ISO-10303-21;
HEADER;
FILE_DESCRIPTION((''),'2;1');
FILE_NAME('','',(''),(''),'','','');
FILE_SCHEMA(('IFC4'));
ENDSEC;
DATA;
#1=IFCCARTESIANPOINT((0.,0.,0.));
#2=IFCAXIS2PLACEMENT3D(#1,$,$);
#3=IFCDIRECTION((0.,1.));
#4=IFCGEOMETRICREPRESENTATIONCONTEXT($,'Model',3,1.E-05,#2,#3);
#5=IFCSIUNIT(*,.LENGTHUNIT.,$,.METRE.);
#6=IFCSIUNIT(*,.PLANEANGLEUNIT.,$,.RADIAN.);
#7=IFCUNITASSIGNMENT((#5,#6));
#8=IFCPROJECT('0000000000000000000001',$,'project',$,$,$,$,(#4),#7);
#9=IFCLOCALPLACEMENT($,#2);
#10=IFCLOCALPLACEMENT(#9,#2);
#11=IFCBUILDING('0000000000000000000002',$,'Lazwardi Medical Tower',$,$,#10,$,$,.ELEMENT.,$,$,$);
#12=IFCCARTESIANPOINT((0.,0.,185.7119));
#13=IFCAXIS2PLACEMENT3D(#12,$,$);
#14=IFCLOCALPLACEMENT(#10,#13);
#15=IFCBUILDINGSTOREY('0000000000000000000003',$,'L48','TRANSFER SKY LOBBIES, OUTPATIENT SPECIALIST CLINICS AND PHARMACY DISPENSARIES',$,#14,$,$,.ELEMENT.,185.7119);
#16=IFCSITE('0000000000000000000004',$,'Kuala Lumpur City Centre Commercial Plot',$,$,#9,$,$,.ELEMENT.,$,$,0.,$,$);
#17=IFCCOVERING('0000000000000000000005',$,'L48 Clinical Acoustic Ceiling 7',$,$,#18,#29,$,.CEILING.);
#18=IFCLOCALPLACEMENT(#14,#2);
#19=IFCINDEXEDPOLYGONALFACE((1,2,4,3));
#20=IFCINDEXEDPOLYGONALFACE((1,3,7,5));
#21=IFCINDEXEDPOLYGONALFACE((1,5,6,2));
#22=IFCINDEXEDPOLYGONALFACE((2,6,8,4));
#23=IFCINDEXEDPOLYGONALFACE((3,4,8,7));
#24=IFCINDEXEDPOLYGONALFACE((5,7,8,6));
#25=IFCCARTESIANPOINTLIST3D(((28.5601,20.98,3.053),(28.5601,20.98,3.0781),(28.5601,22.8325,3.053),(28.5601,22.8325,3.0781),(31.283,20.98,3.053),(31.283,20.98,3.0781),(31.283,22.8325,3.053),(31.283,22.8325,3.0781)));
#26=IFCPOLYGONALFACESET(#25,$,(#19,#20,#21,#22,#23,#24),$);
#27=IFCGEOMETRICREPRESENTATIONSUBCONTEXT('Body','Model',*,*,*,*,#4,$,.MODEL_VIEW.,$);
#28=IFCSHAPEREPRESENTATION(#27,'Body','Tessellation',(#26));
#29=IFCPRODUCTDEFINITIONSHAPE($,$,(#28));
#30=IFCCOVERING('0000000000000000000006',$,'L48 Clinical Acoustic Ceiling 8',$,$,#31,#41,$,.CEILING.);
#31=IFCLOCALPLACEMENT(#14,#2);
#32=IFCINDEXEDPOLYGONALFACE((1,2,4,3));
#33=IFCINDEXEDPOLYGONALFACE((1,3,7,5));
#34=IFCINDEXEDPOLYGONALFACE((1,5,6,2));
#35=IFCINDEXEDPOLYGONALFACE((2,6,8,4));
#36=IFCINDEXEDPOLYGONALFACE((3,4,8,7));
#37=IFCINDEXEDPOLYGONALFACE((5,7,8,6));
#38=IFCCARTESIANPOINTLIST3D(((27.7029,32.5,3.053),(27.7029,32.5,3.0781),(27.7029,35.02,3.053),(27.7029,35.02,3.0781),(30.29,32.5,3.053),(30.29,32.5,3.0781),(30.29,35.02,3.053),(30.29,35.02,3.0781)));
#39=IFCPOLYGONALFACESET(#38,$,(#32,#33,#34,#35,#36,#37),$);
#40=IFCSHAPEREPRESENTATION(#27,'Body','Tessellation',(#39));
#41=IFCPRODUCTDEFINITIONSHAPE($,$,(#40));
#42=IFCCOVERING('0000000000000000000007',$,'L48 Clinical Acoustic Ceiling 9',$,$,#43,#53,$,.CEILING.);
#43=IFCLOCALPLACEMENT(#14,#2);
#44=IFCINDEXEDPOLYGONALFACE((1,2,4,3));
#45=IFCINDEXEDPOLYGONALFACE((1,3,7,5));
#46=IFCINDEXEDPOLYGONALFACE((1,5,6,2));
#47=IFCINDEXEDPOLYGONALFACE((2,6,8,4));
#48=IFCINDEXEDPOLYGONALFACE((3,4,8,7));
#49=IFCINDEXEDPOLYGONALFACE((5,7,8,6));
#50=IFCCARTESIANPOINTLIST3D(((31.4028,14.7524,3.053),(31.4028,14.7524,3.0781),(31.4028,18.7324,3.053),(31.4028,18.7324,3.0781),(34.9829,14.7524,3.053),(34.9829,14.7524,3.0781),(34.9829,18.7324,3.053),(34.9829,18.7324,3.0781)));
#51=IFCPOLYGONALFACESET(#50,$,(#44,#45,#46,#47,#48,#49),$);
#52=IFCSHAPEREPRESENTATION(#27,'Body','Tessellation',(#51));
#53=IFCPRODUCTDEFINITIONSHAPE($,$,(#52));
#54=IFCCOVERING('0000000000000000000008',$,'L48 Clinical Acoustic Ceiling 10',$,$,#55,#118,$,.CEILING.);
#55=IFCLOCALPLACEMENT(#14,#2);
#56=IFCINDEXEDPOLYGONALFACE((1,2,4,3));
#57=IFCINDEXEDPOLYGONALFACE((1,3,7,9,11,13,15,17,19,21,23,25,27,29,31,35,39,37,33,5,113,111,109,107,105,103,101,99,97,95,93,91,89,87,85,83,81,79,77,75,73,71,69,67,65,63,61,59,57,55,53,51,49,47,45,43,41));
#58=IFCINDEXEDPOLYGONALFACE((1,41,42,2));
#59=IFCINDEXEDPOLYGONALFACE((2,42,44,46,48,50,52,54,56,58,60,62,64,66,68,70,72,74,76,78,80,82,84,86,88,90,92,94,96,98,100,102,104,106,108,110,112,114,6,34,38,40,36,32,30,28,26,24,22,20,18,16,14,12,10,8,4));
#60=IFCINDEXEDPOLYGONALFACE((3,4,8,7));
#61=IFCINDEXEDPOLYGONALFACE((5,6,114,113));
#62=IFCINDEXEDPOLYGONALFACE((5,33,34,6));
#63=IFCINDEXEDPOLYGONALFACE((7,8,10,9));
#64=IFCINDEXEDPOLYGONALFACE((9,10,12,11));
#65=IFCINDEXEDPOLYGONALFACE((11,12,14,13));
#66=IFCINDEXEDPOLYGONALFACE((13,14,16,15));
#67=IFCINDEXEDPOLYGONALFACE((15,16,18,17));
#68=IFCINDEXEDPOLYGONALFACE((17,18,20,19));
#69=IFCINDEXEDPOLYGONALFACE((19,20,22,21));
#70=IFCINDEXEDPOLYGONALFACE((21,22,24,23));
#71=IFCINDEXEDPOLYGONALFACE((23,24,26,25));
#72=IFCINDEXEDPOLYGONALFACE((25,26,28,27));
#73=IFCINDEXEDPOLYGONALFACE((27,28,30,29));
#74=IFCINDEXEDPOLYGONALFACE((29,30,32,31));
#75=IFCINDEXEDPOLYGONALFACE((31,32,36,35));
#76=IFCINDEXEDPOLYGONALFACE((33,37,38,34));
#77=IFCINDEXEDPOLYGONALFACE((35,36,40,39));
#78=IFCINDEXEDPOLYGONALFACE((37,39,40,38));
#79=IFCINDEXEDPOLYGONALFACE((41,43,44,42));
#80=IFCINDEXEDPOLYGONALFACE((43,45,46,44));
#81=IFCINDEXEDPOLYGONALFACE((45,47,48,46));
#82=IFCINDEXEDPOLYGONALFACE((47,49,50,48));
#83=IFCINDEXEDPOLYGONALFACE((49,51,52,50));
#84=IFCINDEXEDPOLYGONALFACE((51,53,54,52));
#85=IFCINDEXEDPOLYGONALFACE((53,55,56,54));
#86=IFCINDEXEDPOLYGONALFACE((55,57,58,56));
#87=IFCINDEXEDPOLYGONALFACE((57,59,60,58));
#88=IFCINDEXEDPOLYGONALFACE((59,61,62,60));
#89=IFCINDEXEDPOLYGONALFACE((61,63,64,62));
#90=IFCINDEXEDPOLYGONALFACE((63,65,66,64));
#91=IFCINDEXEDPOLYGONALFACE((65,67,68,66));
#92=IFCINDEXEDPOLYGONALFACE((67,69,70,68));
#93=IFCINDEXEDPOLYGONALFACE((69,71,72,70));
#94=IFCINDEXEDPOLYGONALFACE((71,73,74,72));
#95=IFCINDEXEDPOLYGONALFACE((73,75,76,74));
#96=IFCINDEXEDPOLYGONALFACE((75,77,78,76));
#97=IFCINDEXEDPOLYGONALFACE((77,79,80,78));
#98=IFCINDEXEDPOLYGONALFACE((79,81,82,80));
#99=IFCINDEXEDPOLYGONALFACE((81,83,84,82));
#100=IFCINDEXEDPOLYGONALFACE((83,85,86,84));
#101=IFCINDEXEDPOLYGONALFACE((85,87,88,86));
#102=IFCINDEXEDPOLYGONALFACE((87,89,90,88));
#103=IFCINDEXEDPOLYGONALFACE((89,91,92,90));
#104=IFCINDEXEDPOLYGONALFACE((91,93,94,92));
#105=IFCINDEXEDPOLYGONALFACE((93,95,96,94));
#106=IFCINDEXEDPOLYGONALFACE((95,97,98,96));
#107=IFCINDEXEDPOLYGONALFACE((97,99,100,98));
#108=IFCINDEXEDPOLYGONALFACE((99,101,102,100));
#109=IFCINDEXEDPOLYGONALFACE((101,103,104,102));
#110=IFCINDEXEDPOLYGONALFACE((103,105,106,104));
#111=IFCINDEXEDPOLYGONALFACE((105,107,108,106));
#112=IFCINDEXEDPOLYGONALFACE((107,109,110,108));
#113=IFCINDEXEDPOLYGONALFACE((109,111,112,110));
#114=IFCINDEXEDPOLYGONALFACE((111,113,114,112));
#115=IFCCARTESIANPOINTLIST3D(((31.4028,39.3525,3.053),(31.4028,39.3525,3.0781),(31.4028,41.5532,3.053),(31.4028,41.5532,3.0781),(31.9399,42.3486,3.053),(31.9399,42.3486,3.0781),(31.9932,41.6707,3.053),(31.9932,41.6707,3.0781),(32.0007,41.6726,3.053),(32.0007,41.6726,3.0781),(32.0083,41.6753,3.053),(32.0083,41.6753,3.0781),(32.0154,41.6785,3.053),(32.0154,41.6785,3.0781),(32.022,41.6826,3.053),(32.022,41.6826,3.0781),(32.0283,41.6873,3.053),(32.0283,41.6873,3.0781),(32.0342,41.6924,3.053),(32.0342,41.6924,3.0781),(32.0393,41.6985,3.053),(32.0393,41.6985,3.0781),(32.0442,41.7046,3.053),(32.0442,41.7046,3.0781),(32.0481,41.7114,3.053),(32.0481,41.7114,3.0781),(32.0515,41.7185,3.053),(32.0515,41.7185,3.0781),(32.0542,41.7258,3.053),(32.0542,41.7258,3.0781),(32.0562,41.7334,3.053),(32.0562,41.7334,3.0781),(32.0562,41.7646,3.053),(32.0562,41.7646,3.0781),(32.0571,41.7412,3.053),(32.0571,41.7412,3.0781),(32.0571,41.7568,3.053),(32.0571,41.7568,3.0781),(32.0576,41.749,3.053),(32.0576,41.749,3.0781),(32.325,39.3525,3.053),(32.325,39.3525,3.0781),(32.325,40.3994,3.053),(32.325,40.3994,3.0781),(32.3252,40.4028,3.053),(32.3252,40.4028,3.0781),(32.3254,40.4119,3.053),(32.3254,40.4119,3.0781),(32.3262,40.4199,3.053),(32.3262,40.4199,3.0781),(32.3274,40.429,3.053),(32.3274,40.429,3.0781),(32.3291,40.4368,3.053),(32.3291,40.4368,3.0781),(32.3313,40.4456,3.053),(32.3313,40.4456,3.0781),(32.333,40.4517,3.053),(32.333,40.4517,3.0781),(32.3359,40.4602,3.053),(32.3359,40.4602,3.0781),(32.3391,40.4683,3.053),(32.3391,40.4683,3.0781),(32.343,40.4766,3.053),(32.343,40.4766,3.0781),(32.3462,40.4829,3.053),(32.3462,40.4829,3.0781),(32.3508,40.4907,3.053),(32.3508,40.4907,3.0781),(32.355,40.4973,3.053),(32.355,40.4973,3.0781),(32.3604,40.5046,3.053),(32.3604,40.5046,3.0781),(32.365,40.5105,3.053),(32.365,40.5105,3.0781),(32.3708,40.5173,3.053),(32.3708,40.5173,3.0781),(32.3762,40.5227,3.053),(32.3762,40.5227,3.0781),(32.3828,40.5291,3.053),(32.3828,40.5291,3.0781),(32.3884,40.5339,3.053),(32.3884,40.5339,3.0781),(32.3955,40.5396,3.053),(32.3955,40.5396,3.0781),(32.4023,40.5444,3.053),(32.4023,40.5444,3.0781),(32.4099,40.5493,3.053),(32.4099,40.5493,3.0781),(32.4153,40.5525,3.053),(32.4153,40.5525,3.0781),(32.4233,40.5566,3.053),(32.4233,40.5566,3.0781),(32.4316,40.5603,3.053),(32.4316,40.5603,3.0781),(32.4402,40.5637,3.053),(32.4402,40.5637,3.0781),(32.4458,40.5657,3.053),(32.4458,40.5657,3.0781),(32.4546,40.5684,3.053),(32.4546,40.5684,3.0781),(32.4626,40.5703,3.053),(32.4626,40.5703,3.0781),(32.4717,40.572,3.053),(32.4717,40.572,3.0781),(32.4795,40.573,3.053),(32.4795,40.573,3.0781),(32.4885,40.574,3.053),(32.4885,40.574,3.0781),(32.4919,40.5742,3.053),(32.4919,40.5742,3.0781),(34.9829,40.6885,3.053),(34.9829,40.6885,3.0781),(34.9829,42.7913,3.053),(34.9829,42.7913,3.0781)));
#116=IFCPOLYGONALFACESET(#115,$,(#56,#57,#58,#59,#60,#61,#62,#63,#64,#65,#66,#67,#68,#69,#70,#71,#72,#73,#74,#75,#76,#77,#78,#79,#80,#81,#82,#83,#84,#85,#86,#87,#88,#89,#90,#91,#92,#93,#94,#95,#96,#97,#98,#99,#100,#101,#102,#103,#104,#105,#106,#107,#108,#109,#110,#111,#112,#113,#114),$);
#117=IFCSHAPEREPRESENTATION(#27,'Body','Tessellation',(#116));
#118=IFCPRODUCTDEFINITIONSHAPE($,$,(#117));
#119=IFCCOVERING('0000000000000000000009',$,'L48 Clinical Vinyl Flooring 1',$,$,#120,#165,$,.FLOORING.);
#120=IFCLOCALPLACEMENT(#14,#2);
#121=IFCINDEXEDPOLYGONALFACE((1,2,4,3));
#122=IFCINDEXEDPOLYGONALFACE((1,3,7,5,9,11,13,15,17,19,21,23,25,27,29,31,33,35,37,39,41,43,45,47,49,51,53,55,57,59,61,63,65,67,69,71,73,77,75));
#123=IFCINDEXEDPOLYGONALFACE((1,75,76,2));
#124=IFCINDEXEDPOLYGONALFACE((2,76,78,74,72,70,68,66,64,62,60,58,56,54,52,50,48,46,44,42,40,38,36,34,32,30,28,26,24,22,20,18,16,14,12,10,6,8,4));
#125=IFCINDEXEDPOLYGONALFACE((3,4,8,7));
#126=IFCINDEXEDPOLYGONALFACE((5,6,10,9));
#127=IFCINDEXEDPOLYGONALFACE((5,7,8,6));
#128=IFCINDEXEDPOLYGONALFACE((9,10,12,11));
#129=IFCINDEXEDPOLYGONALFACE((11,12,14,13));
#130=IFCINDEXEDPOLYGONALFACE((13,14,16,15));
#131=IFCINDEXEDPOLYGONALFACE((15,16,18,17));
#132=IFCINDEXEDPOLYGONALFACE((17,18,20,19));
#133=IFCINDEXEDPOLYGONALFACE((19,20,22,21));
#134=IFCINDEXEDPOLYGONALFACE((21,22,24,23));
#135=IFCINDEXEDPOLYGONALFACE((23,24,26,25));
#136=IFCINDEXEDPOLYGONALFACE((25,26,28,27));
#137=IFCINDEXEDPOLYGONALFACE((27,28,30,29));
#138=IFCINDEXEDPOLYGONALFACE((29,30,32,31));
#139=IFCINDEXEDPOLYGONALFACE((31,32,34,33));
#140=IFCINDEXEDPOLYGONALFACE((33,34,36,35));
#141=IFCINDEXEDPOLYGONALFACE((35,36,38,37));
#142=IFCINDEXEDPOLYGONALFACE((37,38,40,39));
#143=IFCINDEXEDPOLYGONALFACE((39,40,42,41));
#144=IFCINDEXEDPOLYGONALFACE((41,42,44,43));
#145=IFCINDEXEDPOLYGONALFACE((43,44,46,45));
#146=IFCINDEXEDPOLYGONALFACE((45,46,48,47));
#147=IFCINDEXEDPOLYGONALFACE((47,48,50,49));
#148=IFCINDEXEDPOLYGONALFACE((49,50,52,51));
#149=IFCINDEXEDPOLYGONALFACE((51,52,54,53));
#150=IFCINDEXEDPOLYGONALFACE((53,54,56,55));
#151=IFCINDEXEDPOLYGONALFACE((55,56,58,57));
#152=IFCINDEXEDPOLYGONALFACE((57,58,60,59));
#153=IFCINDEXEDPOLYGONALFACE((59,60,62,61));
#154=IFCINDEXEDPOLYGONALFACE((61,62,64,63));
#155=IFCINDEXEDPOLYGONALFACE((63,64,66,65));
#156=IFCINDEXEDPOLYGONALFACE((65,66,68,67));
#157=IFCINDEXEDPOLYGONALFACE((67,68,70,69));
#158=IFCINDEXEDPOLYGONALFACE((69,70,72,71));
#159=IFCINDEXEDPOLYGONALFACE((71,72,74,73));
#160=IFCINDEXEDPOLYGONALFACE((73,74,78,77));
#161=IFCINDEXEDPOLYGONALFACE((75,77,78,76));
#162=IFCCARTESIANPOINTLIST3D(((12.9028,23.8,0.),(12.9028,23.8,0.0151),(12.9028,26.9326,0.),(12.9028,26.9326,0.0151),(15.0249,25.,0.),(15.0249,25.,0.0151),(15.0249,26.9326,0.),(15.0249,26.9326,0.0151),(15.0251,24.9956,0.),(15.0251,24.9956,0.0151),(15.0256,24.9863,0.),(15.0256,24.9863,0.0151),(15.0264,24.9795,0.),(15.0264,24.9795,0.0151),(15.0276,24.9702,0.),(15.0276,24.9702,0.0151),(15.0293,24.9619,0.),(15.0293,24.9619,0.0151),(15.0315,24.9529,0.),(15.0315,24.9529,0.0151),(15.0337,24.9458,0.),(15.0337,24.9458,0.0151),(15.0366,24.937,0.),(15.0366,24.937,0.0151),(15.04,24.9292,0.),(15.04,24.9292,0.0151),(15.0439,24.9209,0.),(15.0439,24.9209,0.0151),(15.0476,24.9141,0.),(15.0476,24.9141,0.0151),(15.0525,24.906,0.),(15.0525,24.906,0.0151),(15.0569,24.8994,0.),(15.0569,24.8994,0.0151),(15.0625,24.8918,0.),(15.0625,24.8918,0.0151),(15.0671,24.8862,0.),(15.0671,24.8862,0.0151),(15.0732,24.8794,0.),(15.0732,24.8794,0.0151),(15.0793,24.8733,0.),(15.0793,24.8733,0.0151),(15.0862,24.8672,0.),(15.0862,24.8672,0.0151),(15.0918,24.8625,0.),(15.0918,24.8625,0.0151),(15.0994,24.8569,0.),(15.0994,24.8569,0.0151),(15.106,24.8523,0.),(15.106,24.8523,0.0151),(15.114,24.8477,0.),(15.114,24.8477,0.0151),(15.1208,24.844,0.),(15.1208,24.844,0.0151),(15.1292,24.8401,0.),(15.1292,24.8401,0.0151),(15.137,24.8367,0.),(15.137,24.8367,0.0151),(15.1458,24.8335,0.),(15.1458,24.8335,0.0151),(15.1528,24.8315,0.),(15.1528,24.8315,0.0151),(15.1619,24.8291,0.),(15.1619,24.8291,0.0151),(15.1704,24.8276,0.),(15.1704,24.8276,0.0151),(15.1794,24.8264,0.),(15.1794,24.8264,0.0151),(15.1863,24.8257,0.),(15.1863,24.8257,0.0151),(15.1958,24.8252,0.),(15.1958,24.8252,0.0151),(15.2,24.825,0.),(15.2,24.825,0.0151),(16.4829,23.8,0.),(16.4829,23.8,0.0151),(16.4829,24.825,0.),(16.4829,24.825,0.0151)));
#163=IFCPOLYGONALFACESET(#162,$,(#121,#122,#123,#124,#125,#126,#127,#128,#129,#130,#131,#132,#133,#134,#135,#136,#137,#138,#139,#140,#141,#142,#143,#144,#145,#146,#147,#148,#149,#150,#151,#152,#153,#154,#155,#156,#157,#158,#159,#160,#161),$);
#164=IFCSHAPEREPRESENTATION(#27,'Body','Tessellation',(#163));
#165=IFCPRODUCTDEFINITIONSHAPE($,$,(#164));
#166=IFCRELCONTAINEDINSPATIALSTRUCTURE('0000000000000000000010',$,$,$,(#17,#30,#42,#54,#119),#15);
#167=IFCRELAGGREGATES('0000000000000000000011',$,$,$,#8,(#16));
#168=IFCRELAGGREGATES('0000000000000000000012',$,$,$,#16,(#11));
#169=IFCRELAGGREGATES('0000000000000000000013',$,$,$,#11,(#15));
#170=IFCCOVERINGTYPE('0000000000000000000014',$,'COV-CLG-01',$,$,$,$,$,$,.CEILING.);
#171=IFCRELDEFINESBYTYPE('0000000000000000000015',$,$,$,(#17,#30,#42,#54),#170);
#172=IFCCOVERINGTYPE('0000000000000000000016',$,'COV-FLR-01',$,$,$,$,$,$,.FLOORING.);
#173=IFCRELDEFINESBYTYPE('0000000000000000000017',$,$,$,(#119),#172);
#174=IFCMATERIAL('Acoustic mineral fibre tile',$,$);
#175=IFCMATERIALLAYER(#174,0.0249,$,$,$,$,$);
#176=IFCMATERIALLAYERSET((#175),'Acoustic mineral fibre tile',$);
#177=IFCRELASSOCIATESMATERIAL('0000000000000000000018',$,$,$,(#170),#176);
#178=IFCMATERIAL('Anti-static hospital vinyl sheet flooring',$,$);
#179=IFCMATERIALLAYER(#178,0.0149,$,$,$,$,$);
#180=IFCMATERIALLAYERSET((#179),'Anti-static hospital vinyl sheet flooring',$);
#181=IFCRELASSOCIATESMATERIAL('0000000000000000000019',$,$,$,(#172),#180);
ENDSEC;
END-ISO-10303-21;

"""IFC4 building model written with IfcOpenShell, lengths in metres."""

from ifc_helpers import new_model, si_unit, direction, frame, origin, place, context, subcontext, project, spatial, polyline, outline, extrude, material, layer, layer_set, type_object, element, save


model = new_model("IFC4")

# Units and contexts
model_context = context("Model", 3, precision=1e-05, world=origin(), true_north=direction((0.0, 1.0)))
body_context = subcontext(model_context, "Body", "Model", "MODEL_VIEW")
ifc_project = project(units=[si_unit("LENGTHUNIT", "METRE"), si_unit("PLANEANGLEUNIT", "RADIAN")], contexts=[model_context])

# Site, building, storey
site_placement = place(None, origin())
site = spatial("IfcSite", under=ifc_project, at=site_placement, Name="Kuala Lumpur City Centre Commercial Plot", CompositionType="ELEMENT", RefElevation=0.0)
building_placement = place(site_placement, origin())
building = spatial("IfcBuilding", under=site, at=building_placement, Name="Lazwardi Medical Tower", CompositionType="ELEMENT")
storey_placement = place(building_placement, frame((0.0, 0.0, 185.7119)))
storey = spatial("IfcBuildingStorey", under=building, at=storey_placement, Name="L48", Description="TRANSFER SKY LOBBIES, OUTPATIENT SPECIALIST CLINICS AND PHARMACY DISPENSARIES", CompositionType="ELEMENT", Elevation=185.7119)

# Coverings
ifc_material_1 = material(Name="Acoustic mineral fibre tile")
ifc_layer_1 = layer(ifc_material_1, 0.0249)
ifc_layer_set_1 = layer_set([ifc_layer_1], Name="Acoustic mineral fibre tile")
covering_type_1 = type_object("IfcCoveringType", Name="COV-CLG-01", PredefinedType="CEILING", material=ifc_layer_set_1)
covering_1_placement = place(storey_placement, frame((0.0, 0.0, 3.053)))
element("IfcCovering", 1, at=covering_1_placement, inside=storey, type_object=covering_type_1, Name="L48 Clinical Acoustic Ceiling 7", PredefinedType="CEILING", context=body_context, shape_type="SweptSolid", body=[
    extrude(outline(polyline([(28.5601, 22.8325), (28.5601, 20.98), (31.283, 20.98), (31.283, 22.8325), (28.5601, 22.8325)])), origin(), (0.0, 0.0, 1.0), 0.0251),
])
covering_2_placement = place(storey_placement, frame((0.0, 0.0, 3.053)))
element("IfcCovering", 2, at=covering_2_placement, inside=storey, type_object=covering_type_1, Name="L48 Clinical Acoustic Ceiling 8", PredefinedType="CEILING", context=body_context, shape_type="SweptSolid", body=[
    extrude(outline(polyline([(27.7029, 32.5), (30.29, 32.5), (30.29, 35.02), (27.7029, 35.02), (27.7029, 32.5)])), origin(), (0.0, 0.0, 1.0), 0.0251),
])
covering_3_placement = place(storey_placement, frame((0.0, 0.0, 3.053)))
element("IfcCovering", 3, at=covering_3_placement, inside=storey, type_object=covering_type_1, Name="L48 Clinical Acoustic Ceiling 9", PredefinedType="CEILING", context=body_context, shape_type="SweptSolid", body=[
    extrude(outline(polyline([(34.9829, 14.7524), (34.9829, 18.7324), (31.4028, 18.7324), (31.4028, 14.7524), (34.9829, 14.7524)])), origin(), (0.0, 0.0, 1.0), 0.0251),
])
covering_4_placement = place(storey_placement, frame((0.0, 0.0, 3.053)))
element("IfcCovering", 4, at=covering_4_placement, inside=storey, type_object=covering_type_1, Name="L48 Clinical Acoustic Ceiling 10", PredefinedType="CEILING", context=body_context, shape_type="SweptSolid", body=[
    extrude(outline(polyline([(34.9829, 42.7913), (31.9399, 42.3486), (32.0562, 41.7646), (32.0571, 41.7568), (32.0576, 41.749), (32.0571, 41.7412), (32.0562, 41.7334), (32.0542, 41.7258), (32.0515, 41.7185), (32.0481, 41.7114), (32.0442, 41.7046), (32.0393, 41.6985), (32.0342, 41.6924), (32.0283, 41.6873), (32.022, 41.6826), (32.0154, 41.6785), (32.0083, 41.6753), (32.0007, 41.6726), (31.9932, 41.6707), (31.4028, 41.5532), (31.4028, 39.3525), (32.325, 39.3525), (32.325, 40.3994), (32.3252, 40.4028), (32.3254, 40.4119), (32.3262, 40.4199), (32.3274, 40.429), (32.3291, 40.4368), (32.3313, 40.4456), (32.333, 40.4517), (32.3359, 40.4602), (32.3391, 40.4683), (32.343, 40.4766), (32.3462, 40.4829), (32.3508, 40.4907), (32.355, 40.4973), (32.3604, 40.5046), (32.365, 40.5105), (32.3708, 40.5173), (32.3762, 40.5227), (32.3828, 40.5291), (32.3884, 40.5339), (32.3955, 40.5396), (32.4023, 40.5444), (32.4099, 40.5493), (32.4153, 40.5525), (32.4233, 40.5566), (32.4316, 40.5603), (32.4402, 40.5637), (32.4458, 40.5657), (32.4546, 40.5684), (32.4626, 40.5703), (32.4717, 40.572), (32.4795, 40.573), (32.4885, 40.574), (32.4919, 40.5742), (34.9829, 40.6885), (34.9829, 42.7913)])), origin(), (0.0, 0.0, 1.0), 0.0251),
])
ifc_material_2 = material(Name="Anti-static hospital vinyl sheet flooring")
ifc_layer_2 = layer(ifc_material_2, 0.0149)
ifc_layer_set_2 = layer_set([ifc_layer_2], Name="Anti-static hospital vinyl sheet flooring")
covering_type_2 = type_object("IfcCoveringType", Name="COV-FLR-01", PredefinedType="FLOORING", material=ifc_layer_set_2)
covering_5_placement = place(storey_placement, origin())
element("IfcCovering", 5, at=covering_5_placement, inside=storey, type_object=covering_type_2, Name="L48 Clinical Vinyl Flooring 1", PredefinedType="FLOORING", context=body_context, shape_type="SweptSolid", body=[
    extrude(outline(polyline([(16.4829, 24.825), (15.2, 24.825), (15.1958, 24.8252), (15.1863, 24.8257), (15.1794, 24.8264), (15.1704, 24.8276), (15.1619, 24.8291), (15.1528, 24.8315), (15.1458, 24.8335), (15.137, 24.8367), (15.1292, 24.8401), (15.1208, 24.844), (15.114, 24.8477), (15.106, 24.8523), (15.0994, 24.8569), (15.0918, 24.8625), (15.0862, 24.8672), (15.0793, 24.8733), (15.0732, 24.8794), (15.0671, 24.8862), (15.0625, 24.8918), (15.0569, 24.8994), (15.0525, 24.906), (15.0476, 24.9141), (15.0439, 24.9209), (15.04, 24.9292), (15.0366, 24.937), (15.0337, 24.9458), (15.0315, 24.9529), (15.0293, 24.9619), (15.0276, 24.9702), (15.0264, 24.9795), (15.0256, 24.9863), (15.0251, 24.9956), (15.0249, 25.0), (15.0249, 26.9326), (12.9028, 26.9326), (12.9028, 23.8), (16.4829, 23.8), (16.4829, 24.825)])), origin(), (0.0, 0.0, 1.0), 0.0151),
])

save(model, "model.ifc")
